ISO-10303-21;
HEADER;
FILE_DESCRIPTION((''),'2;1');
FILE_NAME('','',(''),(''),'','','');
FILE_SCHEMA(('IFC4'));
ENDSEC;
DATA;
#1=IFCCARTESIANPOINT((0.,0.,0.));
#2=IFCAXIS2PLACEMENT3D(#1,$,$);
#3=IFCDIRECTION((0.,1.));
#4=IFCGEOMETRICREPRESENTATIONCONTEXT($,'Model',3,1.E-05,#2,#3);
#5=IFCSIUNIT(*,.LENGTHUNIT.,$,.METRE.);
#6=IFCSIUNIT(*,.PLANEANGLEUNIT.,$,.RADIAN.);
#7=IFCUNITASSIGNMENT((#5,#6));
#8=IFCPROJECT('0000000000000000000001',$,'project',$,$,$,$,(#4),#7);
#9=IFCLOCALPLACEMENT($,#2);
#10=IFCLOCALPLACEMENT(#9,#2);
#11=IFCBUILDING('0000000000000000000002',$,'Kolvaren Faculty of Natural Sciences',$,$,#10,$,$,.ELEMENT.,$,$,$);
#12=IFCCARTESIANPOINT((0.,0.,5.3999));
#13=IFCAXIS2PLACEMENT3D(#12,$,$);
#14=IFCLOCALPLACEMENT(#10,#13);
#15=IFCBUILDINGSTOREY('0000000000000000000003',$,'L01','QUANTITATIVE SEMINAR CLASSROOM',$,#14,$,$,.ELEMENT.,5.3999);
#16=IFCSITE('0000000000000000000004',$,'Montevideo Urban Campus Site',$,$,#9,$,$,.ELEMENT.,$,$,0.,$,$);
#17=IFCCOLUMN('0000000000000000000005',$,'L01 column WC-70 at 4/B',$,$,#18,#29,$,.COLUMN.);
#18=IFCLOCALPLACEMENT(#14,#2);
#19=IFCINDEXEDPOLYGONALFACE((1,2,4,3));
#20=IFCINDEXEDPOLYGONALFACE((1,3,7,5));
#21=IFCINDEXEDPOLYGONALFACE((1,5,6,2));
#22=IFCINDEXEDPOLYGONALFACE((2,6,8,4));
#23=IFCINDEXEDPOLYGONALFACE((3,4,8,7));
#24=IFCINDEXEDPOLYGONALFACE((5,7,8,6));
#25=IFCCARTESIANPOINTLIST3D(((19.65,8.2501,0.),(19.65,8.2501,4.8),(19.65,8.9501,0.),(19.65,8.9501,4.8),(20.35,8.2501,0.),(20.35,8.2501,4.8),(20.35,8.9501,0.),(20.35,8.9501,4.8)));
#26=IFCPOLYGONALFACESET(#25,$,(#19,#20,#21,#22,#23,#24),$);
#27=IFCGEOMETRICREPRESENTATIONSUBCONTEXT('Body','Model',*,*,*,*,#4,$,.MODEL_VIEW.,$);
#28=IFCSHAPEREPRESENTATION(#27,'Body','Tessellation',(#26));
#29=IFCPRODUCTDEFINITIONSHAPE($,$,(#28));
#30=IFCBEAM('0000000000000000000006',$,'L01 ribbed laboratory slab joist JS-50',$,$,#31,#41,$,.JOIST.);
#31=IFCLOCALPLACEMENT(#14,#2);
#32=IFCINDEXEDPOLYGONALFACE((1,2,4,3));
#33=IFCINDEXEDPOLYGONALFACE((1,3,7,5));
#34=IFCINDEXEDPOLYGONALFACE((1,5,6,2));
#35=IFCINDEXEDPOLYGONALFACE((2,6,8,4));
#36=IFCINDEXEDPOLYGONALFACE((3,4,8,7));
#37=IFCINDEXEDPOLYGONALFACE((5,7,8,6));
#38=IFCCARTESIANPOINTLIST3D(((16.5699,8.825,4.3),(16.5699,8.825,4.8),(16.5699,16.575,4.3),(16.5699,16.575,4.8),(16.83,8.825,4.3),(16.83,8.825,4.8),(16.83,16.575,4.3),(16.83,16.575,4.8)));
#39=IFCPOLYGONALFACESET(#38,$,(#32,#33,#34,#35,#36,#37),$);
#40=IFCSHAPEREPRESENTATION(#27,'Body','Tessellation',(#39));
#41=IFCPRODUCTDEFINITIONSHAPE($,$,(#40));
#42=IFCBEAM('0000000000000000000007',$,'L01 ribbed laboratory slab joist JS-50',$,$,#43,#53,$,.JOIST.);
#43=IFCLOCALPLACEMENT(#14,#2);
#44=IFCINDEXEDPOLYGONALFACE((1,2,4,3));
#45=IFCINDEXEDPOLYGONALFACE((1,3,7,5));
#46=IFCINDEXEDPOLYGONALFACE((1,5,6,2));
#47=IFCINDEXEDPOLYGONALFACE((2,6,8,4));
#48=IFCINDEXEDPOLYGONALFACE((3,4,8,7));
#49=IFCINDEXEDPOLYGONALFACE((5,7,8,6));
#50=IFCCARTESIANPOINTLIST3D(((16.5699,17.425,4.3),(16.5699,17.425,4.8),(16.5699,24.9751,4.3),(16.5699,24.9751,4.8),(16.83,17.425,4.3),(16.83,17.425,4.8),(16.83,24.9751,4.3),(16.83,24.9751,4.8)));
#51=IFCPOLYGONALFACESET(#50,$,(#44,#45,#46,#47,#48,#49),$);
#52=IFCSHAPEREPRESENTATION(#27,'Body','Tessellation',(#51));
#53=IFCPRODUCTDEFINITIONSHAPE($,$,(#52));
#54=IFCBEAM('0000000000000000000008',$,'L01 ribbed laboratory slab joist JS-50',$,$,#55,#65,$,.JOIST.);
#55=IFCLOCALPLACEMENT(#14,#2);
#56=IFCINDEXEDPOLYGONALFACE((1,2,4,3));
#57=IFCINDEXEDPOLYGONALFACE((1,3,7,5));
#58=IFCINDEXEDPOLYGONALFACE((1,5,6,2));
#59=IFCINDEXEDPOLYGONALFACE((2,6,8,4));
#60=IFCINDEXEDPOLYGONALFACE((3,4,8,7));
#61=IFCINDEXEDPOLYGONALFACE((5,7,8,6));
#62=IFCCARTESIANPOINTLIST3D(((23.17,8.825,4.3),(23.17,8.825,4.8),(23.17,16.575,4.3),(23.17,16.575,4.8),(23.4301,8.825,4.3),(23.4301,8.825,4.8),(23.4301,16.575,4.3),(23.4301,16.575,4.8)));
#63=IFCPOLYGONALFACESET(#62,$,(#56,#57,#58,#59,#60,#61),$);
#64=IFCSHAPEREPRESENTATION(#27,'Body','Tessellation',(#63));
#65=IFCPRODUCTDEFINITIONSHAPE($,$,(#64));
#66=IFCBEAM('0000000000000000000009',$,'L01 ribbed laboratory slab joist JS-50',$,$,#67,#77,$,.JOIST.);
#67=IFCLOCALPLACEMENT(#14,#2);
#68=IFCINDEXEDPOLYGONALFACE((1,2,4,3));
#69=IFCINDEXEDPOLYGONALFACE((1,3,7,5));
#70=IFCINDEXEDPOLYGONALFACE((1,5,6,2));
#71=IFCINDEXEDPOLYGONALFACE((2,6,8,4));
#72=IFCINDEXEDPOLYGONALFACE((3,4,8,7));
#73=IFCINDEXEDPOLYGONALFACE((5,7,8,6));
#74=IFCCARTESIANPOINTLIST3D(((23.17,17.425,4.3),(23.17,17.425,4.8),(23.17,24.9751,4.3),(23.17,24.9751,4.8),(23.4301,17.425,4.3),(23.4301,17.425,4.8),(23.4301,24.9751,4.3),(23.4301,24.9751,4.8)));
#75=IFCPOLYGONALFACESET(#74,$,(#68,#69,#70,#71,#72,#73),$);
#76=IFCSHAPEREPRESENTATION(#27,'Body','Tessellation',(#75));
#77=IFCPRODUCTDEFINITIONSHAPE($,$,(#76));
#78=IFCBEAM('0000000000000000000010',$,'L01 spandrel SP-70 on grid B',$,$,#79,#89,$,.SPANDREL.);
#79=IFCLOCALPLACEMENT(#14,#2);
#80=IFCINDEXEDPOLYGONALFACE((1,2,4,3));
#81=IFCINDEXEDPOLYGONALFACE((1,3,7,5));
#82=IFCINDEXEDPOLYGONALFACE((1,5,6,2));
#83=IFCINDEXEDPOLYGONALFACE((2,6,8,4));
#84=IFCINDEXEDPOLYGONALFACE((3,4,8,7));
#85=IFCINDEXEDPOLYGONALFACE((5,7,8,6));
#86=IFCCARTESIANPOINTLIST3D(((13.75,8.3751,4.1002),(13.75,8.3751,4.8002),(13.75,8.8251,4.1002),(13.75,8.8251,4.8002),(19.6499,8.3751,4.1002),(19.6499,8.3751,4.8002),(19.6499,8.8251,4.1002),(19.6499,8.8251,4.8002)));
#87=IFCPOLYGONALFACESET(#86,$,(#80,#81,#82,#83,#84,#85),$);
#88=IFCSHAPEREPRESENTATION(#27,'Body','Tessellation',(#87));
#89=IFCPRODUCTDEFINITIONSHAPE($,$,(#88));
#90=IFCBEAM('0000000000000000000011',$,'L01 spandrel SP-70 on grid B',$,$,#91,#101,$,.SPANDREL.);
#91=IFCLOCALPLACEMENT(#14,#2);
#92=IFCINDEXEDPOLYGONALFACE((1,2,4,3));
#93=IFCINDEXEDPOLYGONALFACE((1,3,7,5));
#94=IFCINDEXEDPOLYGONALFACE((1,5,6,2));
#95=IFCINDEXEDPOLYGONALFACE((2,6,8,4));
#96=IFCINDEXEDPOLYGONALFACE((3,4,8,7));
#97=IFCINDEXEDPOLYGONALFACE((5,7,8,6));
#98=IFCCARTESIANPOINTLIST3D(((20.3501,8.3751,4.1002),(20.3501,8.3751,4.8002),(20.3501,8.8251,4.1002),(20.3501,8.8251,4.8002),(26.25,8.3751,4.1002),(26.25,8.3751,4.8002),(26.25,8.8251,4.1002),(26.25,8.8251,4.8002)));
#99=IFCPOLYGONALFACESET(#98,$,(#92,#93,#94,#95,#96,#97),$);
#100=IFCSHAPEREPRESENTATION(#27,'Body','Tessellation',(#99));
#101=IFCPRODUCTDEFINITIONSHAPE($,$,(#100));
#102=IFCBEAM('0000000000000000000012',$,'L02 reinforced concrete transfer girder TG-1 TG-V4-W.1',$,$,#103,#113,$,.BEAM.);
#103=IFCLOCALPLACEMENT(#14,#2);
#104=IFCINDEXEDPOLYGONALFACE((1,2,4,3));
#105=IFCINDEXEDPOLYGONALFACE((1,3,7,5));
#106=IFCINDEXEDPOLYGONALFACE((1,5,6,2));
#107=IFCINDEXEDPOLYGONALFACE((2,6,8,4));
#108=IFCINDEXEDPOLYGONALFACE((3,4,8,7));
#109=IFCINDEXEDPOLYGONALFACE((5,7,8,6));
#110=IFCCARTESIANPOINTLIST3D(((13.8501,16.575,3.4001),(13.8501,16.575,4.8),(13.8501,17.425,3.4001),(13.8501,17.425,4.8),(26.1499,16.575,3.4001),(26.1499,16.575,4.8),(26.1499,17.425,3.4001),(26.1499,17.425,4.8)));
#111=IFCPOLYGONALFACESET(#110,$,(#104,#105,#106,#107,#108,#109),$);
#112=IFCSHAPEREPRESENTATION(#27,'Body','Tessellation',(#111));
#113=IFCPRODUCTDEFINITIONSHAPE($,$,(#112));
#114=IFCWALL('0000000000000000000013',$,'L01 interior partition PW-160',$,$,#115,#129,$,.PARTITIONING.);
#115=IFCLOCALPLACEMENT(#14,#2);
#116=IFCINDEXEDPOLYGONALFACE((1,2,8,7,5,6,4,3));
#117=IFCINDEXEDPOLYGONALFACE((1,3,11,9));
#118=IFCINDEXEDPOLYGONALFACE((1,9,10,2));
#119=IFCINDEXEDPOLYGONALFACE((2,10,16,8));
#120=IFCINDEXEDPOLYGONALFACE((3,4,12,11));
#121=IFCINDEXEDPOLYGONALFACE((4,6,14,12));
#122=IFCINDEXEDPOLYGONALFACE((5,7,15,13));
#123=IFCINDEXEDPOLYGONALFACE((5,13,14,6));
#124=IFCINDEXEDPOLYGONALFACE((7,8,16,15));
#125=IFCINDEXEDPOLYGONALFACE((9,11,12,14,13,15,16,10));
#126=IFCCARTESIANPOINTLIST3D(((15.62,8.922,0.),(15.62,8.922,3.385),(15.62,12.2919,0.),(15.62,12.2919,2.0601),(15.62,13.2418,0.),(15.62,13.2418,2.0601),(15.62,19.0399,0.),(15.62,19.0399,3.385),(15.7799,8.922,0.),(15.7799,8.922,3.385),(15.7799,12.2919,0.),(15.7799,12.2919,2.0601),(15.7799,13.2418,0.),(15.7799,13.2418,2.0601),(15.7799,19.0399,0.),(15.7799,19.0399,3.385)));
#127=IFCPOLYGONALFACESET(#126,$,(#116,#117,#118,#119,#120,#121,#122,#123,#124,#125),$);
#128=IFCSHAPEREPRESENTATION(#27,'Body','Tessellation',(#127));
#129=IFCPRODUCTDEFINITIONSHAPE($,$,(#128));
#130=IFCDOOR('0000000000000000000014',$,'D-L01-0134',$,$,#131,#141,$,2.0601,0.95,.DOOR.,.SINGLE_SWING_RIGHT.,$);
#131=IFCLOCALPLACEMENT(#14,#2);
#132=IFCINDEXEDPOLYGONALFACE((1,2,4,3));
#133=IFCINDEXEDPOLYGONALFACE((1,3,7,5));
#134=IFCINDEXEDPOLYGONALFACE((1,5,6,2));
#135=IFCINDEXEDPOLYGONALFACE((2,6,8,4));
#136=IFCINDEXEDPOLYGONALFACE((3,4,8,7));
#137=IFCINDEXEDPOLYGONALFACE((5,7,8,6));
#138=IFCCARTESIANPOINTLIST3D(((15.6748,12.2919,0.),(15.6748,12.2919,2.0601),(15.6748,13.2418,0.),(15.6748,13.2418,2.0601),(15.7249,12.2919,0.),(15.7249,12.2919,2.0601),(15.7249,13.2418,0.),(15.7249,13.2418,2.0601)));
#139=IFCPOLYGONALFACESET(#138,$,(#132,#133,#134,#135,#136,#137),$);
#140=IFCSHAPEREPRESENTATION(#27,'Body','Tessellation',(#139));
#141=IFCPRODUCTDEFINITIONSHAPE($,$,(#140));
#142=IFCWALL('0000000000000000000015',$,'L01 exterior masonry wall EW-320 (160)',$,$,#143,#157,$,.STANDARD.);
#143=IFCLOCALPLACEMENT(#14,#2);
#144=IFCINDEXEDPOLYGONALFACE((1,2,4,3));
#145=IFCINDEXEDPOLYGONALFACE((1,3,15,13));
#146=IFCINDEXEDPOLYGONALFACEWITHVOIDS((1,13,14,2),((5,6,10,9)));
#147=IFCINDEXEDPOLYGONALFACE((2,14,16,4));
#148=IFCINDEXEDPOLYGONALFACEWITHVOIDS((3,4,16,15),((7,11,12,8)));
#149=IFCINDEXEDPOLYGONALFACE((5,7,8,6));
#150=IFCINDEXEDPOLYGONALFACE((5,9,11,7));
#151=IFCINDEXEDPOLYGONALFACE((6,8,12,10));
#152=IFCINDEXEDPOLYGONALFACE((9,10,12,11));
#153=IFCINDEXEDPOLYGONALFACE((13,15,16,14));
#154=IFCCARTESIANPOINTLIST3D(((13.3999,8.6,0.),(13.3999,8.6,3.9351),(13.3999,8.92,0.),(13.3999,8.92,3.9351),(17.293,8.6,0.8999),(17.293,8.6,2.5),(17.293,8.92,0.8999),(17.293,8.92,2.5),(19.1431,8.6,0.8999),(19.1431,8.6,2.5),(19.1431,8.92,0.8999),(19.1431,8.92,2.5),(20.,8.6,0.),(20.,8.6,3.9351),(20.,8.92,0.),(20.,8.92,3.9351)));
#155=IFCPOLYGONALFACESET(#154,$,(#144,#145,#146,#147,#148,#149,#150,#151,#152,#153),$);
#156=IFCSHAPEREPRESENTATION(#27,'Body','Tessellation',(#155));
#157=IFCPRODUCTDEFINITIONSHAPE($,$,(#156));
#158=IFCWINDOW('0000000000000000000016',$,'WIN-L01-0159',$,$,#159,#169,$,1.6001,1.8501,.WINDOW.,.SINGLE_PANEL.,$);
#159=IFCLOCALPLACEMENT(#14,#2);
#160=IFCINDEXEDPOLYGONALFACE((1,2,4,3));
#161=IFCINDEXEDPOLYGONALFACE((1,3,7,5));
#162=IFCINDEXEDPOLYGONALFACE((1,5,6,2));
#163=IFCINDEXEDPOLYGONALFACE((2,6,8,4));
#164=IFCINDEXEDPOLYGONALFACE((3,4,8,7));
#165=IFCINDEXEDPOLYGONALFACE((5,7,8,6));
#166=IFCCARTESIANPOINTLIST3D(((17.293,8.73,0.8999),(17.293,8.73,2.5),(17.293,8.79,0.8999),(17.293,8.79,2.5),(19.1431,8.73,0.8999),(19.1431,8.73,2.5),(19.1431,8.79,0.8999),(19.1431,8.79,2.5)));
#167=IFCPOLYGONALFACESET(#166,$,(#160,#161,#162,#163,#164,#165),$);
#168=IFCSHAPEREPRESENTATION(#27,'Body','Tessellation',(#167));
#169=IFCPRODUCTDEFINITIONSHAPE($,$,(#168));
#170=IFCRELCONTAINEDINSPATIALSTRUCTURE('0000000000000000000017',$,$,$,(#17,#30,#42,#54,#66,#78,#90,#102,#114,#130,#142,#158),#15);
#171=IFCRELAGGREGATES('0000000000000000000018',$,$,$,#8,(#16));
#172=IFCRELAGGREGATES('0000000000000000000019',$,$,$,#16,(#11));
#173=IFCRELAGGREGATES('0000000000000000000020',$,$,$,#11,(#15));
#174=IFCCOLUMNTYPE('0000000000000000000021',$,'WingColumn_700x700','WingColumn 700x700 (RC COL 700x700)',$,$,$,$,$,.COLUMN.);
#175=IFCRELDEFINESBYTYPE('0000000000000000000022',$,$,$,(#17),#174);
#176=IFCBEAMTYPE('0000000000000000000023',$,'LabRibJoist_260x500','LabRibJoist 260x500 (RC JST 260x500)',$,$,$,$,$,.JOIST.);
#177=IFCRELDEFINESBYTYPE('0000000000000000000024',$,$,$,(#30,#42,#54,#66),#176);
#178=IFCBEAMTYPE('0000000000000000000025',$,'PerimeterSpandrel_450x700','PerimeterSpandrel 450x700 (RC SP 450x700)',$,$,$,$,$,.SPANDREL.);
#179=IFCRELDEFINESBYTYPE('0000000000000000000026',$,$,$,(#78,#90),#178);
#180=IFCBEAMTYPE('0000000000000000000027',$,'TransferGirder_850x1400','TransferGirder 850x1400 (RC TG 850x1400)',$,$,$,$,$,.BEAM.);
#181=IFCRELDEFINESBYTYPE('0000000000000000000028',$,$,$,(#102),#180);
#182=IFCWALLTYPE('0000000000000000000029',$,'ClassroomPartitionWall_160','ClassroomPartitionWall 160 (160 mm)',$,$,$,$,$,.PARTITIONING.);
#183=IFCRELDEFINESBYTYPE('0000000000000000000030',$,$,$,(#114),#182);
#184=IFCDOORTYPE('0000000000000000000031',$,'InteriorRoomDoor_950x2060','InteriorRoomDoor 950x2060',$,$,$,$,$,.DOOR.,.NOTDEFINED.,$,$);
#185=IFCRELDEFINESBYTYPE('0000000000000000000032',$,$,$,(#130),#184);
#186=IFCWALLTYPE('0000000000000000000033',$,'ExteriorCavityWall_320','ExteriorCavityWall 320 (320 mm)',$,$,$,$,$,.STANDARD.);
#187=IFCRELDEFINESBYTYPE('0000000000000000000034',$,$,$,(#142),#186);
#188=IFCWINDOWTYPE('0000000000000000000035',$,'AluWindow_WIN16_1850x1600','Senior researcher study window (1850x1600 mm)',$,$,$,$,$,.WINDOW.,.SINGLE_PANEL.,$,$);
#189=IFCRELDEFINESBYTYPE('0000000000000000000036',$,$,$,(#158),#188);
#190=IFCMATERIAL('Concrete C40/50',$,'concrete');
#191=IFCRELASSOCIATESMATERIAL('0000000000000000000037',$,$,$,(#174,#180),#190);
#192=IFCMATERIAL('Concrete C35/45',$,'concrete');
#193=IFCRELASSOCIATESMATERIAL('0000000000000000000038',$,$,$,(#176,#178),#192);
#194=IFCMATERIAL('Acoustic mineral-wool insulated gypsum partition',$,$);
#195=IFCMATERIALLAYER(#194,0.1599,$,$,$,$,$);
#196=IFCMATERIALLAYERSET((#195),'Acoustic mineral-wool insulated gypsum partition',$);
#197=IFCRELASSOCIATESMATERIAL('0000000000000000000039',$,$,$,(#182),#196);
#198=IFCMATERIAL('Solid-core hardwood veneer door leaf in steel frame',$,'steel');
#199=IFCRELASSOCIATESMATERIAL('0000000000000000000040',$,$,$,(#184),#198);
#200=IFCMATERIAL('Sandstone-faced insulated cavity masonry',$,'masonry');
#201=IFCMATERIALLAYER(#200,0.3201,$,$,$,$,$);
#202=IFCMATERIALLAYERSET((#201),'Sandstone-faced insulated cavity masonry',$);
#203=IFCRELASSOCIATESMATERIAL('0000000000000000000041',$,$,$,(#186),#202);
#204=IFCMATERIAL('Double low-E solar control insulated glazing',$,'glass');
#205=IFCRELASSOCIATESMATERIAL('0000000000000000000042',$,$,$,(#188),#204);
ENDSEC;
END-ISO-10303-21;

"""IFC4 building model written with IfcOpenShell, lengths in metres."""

from ifc_helpers import new_model, si_unit, direction, frame, frame_2d, origin, origin_2d, place, context, subcontext, project, spatial, rectangle, extrude, material, layer, layer_set, material_profile, profile_set, type_object, element, fill, save


model = new_model("IFC4")

# Units and contexts
model_context = context("Model", 3, precision=1e-05, world=origin(), true_north=direction((0.0, 1.0)))
body_context = subcontext(model_context, "Body", "Model", "MODEL_VIEW")
ifc_project = project(units=[si_unit("LENGTHUNIT", "METRE"), si_unit("PLANEANGLEUNIT", "RADIAN")], contexts=[model_context])

# Site, building, storey
site_placement = place(None, origin())
site = spatial("IfcSite", under=ifc_project, at=site_placement, Name="Montevideo Urban Campus Site", CompositionType="ELEMENT", RefElevation=0.0)
building_placement = place(site_placement, origin())
building = spatial("IfcBuilding", under=site, at=building_placement, Name="Kolvaren Faculty of Natural Sciences", CompositionType="ELEMENT")
storey_placement = place(building_placement, frame((0.0, 0.0, 5.3999)))
storey = spatial("IfcBuildingStorey", under=building, at=storey_placement, Name="L01", Description="QUANTITATIVE SEMINAR CLASSROOM", CompositionType="ELEMENT", Elevation=5.3999)

# Column
ifc_material_1 = material(Name="Concrete C40/50", Category="concrete")
ifc_material_profile_1 = material_profile(ifc_material_1, rectangle(XDim=0.7, YDim=0.7, at=origin_2d()), Name="RC COL 700x700")
ifc_profile_set_1 = profile_set([ifc_material_profile_1], Name="Concrete C40/50")
column_type = type_object("IfcColumnType", Name="WingColumn_700x700", Description="WingColumn 700x700 (RC COL 700x700)", PredefinedType="COLUMN", material=ifc_profile_set_1)
column_placement = place(storey_placement, frame((20.0, 8.6001, 0.0), z_axis=(0.0, 0.0, 1.0), x_axis=(1.0, 0.0, 0.0)))
element("IfcColumn", 1, at=column_placement, inside=storey, type_object=column_type, Name="L01 column WC-70 at 4/B", PredefinedType="COLUMN", context=body_context, shape_type="SweptSolid", body=[
    extrude(rectangle(XDim=0.7, YDim=0.7, at=origin_2d()), origin(), (0.0, 0.0, 1.0), 4.8),
])

# Beams
ifc_material_2 = material(Name="Concrete C35/45", Category="concrete")
ifc_material_profile_2 = material_profile(ifc_material_2, rectangle(XDim=0.26, YDim=0.5, at=origin_2d()), Name="RC JST 260x500")
ifc_profile_set_2 = profile_set([ifc_material_profile_2], Name="Concrete C35/45")
beam_type_1 = type_object("IfcBeamType", Name="LabRibJoist_260x500", Description="LabRibJoist 260x500 (RC JST 260x500)", PredefinedType="JOIST", material=ifc_profile_set_2)
beam_1_placement = place(storey_placement, frame((16.7, 8.825, 4.55), z_axis=(0.0, 1.0, 0.0), x_axis=(-1.0, 0.0, 0.0)))
element("IfcBeam", 2, at=beam_1_placement, inside=storey, type_object=beam_type_1, Name="L01 ribbed laboratory slab joist JS-50", PredefinedType="JOIST", context=body_context, shape_type="SweptSolid", body=[
    extrude(rectangle(XDim=0.26, YDim=0.5, at=origin_2d()), origin(), (0.0, 0.0, 1.0), 7.75),
])
beam_2_placement = place(storey_placement, frame((16.7, 17.425, 4.55), z_axis=(0.0, 1.0, 0.0), x_axis=(-1.0, 0.0, 0.0)))
element("IfcBeam", 3, at=beam_2_placement, inside=storey, type_object=beam_type_1, Name="L01 ribbed laboratory slab joist JS-50", PredefinedType="JOIST", context=body_context, shape_type="SweptSolid", body=[
    extrude(rectangle(XDim=0.26, YDim=0.5, at=origin_2d()), origin(), (0.0, 0.0, 1.0), 7.55),
])
beam_3_placement = place(storey_placement, frame((23.3, 8.825, 4.55), z_axis=(0.0, 1.0, 0.0), x_axis=(-1.0, 0.0, 0.0)))
element("IfcBeam", 4, at=beam_3_placement, inside=storey, type_object=beam_type_1, Name="L01 ribbed laboratory slab joist JS-50", PredefinedType="JOIST", context=body_context, shape_type="SweptSolid", body=[
    extrude(rectangle(XDim=0.26, YDim=0.5, at=origin_2d()), origin(), (0.0, 0.0, 1.0), 7.75),
])
beam_4_placement = place(storey_placement, frame((23.3, 17.425, 4.55), z_axis=(0.0, 1.0, 0.0), x_axis=(-1.0, 0.0, 0.0)))
element("IfcBeam", 5, at=beam_4_placement, inside=storey, type_object=beam_type_1, Name="L01 ribbed laboratory slab joist JS-50", PredefinedType="JOIST", context=body_context, shape_type="SweptSolid", body=[
    extrude(rectangle(XDim=0.26, YDim=0.5, at=origin_2d()), origin(), (0.0, 0.0, 1.0), 7.55),
])
ifc_material_profile_3 = material_profile(ifc_material_2, rectangle(XDim=0.45, YDim=0.7, at=origin_2d()), Name="RC SP 450x700")
ifc_profile_set_3 = profile_set([ifc_material_profile_3], Name="Concrete C35/45")
beam_type_2 = type_object("IfcBeamType", Name="PerimeterSpandrel_450x700", Description="PerimeterSpandrel 450x700 (RC SP 450x700)", PredefinedType="SPANDREL", material=ifc_profile_set_3)
for number, where, z_axis, x_axis, name in (
    (6, (13.75, 8.6001, 4.4502), (1.0, 0.0, 0.0), (0.0, 1.0, 0.0), "L01 spandrel SP-70 on grid B"),
    (7, (20.3501, 8.6001, 4.4502), (1.0, 0.0, 0.0), (0.0, 1.0, 0.0), "L01 spandrel SP-70 on grid B"),
):
    element("IfcBeam", number, at=place(storey_placement, frame(where, z_axis=z_axis, x_axis=x_axis)), inside=storey, type_object=beam_type_2, Name=name, PredefinedType="SPANDREL", context=body_context, shape_type="SweptSolid", body=[
        extrude(rectangle(XDim=0.45, YDim=0.7, at=origin_2d()), origin(), (0.0, 0.0, 1.0), 5.8999),
    ])
ifc_material_profile_4 = material_profile(ifc_material_1, rectangle(XDim=0.8501, YDim=1.3999, at=origin_2d()), Name="RC TG 850x1400")
ifc_profile_set_4 = profile_set([ifc_material_profile_4], Name="Concrete C40/50")
beam_type_3 = type_object("IfcBeamType", Name="TransferGirder_850x1400", Description="TransferGirder 850x1400 (RC TG 850x1400)", PredefinedType="BEAM", material=ifc_profile_set_4)
beam_5_placement = place(storey_placement, frame((13.8501, 17.0, 4.1001), z_axis=(1.0, 0.0, 0.0), x_axis=(0.0, 1.0, 0.0)))
element("IfcBeam", 8, at=beam_5_placement, inside=storey, type_object=beam_type_3, Name="L02 reinforced concrete transfer girder TG-1 TG-V4-W.1", PredefinedType="BEAM", context=body_context, shape_type="SweptSolid", body=[
    extrude(rectangle(XDim=0.8501, YDim=1.3999, at=origin_2d()), origin(), (0.0, 0.0, 1.0), 12.2998),
])

# Wall, opening, door
ifc_material_3 = material(Name="Acoustic mineral-wool insulated gypsum partition")
ifc_layer_1 = layer(ifc_material_3, 0.1599)
ifc_layer_set_1 = layer_set([ifc_layer_1], Name="Acoustic mineral-wool insulated gypsum partition")
wall_type_1 = type_object("IfcWallType", Name="ClassroomPartitionWall_160", Description="ClassroomPartitionWall 160 (160 mm)", PredefinedType="PARTITIONING", material=ifc_layer_set_1)
wall_1_placement = place(storey_placement, frame((15.7, 19.04, 0.0), z_axis=(0.0, 0.0, 1.0), x_axis=(0.0, -1.0, 0.0)))
wall_1 = element("IfcWall", 9, at=wall_1_placement, inside=storey, type_object=wall_type_1, Name="L01 interior partition PW-160", PredefinedType="PARTITIONING", context=body_context, shape_type="SweptSolid", body=[
    extrude(rectangle(XDim=10.1179, YDim=0.1599, at=frame_2d((5.0591, 0.0))), origin(), (0.0, 0.0, 1.0), 3.385),
])
opening_1_placement = place(wall_1_placement, frame((5.7981, 0.0, 0.0)))
opening_1 = element("IfcOpeningElement", 10, at=opening_1_placement, cuts=wall_1, PredefinedType="OPENING", context=body_context, shape_type="SweptSolid", body=[
    extrude(rectangle(XDim=0.95, YDim=2.0601, at=frame_2d((0.4751, 1.03))), frame((0.0, 0.0898, 0.0), z_axis=(0.0, -1.0, 0.0), x_axis=(1.0, 0.0, 0.0)), (0.0, 0.0, 1.0), 0.1799),
])
ifc_material_4 = material(Name="Solid-core hardwood veneer door leaf in steel frame", Category="steel")
door_type = type_object("IfcDoorType", Name="InteriorRoomDoor_950x2060", Description="InteriorRoomDoor 950x2060", OperationType="NOTDEFINED", PredefinedType="DOOR", material=ifc_material_4)
door_placement = place(opening_1_placement, origin())
door = element("IfcDoor", 11, at=door_placement, inside=storey, type_object=door_type, Name="D-L01-0134", OperationType="SINGLE_SWING_RIGHT", OverallHeight=2.0601, OverallWidth=0.95, PredefinedType="DOOR", context=body_context, shape_type="SweptSolid", body=[
    extrude(rectangle(XDim=0.95, YDim=2.0601, at=frame_2d((0.4751, 1.03))), frame((0.0, 0.0249, 0.0), z_axis=(0.0, -1.0, 0.0), x_axis=(1.0, 0.0, 0.0)), (0.0, 0.0, 1.0), 0.05),
])
fill(opening_1, door)

# Wall, opening, window
ifc_material_5 = material(Name="Sandstone-faced insulated cavity masonry", Category="masonry")
ifc_layer_2 = layer(ifc_material_5, 0.3201)
ifc_layer_set_2 = layer_set([ifc_layer_2], Name="Sandstone-faced insulated cavity masonry")
wall_type_2 = type_object("IfcWallType", Name="ExteriorCavityWall_320", Description="ExteriorCavityWall 320 (320 mm)", PredefinedType="STANDARD", material=ifc_layer_set_2)
wall_2_placement = place(storey_placement, frame((20.0, 8.76, 0.0), z_axis=(0.0, 0.0, 1.0), x_axis=(-1.0, 0.0, 0.0)))
wall_2 = element("IfcWall", 12, at=wall_2_placement, inside=storey, type_object=wall_type_2, Name="L01 exterior masonry wall EW-320 (160)", PredefinedType="STANDARD", context=body_context, shape_type="SweptSolid", body=[
    extrude(rectangle(XDim=6.6001, YDim=0.3201, at=frame_2d((3.3, 0.0))), origin(), (0.0, 0.0, 1.0), 3.9351),
])
opening_2_placement = place(wall_2_placement, frame((0.8569, 0.0, 0.8999)))
opening_2 = element("IfcOpeningElement", 13, at=opening_2_placement, cuts=wall_2, PredefinedType="OPENING", context=body_context, shape_type="SweptSolid", body=[
    extrude(rectangle(XDim=1.8501, YDim=1.6001, at=frame_2d((0.925, 0.8))), frame((0.0, 0.1699, 0.0), z_axis=(0.0, -1.0, 0.0), x_axis=(1.0, 0.0, 0.0)), (0.0, 0.0, 1.0), 0.3401),
])
ifc_material_6 = material(Name="Double low-E solar control insulated glazing", Category="glass")
window_type = type_object("IfcWindowType", Name="AluWindow_WIN16_1850x1600", Description="Senior researcher study window (1850x1600 mm)", PartitioningType="SINGLE_PANEL", PredefinedType="WINDOW", material=ifc_material_6)
window_placement = place(opening_2_placement, origin())
window = element("IfcWindow", 14, at=window_placement, inside=storey, type_object=window_type, Name="WIN-L01-0159", OverallHeight=1.6001, OverallWidth=1.8501, PartitioningType="SINGLE_PANEL", PredefinedType="WINDOW", context=body_context, shape_type="SweptSolid", body=[
    extrude(rectangle(XDim=1.8501, YDim=1.6001, at=frame_2d((0.925, 0.8))), frame((0.0, 0.03, 0.0), z_axis=(0.0, -1.0, 0.0), x_axis=(1.0, 0.0, 0.0)), (0.0, 0.0, 1.0), 0.0601),
])
fill(opening_2, window)

save(model, "model.ifc")
